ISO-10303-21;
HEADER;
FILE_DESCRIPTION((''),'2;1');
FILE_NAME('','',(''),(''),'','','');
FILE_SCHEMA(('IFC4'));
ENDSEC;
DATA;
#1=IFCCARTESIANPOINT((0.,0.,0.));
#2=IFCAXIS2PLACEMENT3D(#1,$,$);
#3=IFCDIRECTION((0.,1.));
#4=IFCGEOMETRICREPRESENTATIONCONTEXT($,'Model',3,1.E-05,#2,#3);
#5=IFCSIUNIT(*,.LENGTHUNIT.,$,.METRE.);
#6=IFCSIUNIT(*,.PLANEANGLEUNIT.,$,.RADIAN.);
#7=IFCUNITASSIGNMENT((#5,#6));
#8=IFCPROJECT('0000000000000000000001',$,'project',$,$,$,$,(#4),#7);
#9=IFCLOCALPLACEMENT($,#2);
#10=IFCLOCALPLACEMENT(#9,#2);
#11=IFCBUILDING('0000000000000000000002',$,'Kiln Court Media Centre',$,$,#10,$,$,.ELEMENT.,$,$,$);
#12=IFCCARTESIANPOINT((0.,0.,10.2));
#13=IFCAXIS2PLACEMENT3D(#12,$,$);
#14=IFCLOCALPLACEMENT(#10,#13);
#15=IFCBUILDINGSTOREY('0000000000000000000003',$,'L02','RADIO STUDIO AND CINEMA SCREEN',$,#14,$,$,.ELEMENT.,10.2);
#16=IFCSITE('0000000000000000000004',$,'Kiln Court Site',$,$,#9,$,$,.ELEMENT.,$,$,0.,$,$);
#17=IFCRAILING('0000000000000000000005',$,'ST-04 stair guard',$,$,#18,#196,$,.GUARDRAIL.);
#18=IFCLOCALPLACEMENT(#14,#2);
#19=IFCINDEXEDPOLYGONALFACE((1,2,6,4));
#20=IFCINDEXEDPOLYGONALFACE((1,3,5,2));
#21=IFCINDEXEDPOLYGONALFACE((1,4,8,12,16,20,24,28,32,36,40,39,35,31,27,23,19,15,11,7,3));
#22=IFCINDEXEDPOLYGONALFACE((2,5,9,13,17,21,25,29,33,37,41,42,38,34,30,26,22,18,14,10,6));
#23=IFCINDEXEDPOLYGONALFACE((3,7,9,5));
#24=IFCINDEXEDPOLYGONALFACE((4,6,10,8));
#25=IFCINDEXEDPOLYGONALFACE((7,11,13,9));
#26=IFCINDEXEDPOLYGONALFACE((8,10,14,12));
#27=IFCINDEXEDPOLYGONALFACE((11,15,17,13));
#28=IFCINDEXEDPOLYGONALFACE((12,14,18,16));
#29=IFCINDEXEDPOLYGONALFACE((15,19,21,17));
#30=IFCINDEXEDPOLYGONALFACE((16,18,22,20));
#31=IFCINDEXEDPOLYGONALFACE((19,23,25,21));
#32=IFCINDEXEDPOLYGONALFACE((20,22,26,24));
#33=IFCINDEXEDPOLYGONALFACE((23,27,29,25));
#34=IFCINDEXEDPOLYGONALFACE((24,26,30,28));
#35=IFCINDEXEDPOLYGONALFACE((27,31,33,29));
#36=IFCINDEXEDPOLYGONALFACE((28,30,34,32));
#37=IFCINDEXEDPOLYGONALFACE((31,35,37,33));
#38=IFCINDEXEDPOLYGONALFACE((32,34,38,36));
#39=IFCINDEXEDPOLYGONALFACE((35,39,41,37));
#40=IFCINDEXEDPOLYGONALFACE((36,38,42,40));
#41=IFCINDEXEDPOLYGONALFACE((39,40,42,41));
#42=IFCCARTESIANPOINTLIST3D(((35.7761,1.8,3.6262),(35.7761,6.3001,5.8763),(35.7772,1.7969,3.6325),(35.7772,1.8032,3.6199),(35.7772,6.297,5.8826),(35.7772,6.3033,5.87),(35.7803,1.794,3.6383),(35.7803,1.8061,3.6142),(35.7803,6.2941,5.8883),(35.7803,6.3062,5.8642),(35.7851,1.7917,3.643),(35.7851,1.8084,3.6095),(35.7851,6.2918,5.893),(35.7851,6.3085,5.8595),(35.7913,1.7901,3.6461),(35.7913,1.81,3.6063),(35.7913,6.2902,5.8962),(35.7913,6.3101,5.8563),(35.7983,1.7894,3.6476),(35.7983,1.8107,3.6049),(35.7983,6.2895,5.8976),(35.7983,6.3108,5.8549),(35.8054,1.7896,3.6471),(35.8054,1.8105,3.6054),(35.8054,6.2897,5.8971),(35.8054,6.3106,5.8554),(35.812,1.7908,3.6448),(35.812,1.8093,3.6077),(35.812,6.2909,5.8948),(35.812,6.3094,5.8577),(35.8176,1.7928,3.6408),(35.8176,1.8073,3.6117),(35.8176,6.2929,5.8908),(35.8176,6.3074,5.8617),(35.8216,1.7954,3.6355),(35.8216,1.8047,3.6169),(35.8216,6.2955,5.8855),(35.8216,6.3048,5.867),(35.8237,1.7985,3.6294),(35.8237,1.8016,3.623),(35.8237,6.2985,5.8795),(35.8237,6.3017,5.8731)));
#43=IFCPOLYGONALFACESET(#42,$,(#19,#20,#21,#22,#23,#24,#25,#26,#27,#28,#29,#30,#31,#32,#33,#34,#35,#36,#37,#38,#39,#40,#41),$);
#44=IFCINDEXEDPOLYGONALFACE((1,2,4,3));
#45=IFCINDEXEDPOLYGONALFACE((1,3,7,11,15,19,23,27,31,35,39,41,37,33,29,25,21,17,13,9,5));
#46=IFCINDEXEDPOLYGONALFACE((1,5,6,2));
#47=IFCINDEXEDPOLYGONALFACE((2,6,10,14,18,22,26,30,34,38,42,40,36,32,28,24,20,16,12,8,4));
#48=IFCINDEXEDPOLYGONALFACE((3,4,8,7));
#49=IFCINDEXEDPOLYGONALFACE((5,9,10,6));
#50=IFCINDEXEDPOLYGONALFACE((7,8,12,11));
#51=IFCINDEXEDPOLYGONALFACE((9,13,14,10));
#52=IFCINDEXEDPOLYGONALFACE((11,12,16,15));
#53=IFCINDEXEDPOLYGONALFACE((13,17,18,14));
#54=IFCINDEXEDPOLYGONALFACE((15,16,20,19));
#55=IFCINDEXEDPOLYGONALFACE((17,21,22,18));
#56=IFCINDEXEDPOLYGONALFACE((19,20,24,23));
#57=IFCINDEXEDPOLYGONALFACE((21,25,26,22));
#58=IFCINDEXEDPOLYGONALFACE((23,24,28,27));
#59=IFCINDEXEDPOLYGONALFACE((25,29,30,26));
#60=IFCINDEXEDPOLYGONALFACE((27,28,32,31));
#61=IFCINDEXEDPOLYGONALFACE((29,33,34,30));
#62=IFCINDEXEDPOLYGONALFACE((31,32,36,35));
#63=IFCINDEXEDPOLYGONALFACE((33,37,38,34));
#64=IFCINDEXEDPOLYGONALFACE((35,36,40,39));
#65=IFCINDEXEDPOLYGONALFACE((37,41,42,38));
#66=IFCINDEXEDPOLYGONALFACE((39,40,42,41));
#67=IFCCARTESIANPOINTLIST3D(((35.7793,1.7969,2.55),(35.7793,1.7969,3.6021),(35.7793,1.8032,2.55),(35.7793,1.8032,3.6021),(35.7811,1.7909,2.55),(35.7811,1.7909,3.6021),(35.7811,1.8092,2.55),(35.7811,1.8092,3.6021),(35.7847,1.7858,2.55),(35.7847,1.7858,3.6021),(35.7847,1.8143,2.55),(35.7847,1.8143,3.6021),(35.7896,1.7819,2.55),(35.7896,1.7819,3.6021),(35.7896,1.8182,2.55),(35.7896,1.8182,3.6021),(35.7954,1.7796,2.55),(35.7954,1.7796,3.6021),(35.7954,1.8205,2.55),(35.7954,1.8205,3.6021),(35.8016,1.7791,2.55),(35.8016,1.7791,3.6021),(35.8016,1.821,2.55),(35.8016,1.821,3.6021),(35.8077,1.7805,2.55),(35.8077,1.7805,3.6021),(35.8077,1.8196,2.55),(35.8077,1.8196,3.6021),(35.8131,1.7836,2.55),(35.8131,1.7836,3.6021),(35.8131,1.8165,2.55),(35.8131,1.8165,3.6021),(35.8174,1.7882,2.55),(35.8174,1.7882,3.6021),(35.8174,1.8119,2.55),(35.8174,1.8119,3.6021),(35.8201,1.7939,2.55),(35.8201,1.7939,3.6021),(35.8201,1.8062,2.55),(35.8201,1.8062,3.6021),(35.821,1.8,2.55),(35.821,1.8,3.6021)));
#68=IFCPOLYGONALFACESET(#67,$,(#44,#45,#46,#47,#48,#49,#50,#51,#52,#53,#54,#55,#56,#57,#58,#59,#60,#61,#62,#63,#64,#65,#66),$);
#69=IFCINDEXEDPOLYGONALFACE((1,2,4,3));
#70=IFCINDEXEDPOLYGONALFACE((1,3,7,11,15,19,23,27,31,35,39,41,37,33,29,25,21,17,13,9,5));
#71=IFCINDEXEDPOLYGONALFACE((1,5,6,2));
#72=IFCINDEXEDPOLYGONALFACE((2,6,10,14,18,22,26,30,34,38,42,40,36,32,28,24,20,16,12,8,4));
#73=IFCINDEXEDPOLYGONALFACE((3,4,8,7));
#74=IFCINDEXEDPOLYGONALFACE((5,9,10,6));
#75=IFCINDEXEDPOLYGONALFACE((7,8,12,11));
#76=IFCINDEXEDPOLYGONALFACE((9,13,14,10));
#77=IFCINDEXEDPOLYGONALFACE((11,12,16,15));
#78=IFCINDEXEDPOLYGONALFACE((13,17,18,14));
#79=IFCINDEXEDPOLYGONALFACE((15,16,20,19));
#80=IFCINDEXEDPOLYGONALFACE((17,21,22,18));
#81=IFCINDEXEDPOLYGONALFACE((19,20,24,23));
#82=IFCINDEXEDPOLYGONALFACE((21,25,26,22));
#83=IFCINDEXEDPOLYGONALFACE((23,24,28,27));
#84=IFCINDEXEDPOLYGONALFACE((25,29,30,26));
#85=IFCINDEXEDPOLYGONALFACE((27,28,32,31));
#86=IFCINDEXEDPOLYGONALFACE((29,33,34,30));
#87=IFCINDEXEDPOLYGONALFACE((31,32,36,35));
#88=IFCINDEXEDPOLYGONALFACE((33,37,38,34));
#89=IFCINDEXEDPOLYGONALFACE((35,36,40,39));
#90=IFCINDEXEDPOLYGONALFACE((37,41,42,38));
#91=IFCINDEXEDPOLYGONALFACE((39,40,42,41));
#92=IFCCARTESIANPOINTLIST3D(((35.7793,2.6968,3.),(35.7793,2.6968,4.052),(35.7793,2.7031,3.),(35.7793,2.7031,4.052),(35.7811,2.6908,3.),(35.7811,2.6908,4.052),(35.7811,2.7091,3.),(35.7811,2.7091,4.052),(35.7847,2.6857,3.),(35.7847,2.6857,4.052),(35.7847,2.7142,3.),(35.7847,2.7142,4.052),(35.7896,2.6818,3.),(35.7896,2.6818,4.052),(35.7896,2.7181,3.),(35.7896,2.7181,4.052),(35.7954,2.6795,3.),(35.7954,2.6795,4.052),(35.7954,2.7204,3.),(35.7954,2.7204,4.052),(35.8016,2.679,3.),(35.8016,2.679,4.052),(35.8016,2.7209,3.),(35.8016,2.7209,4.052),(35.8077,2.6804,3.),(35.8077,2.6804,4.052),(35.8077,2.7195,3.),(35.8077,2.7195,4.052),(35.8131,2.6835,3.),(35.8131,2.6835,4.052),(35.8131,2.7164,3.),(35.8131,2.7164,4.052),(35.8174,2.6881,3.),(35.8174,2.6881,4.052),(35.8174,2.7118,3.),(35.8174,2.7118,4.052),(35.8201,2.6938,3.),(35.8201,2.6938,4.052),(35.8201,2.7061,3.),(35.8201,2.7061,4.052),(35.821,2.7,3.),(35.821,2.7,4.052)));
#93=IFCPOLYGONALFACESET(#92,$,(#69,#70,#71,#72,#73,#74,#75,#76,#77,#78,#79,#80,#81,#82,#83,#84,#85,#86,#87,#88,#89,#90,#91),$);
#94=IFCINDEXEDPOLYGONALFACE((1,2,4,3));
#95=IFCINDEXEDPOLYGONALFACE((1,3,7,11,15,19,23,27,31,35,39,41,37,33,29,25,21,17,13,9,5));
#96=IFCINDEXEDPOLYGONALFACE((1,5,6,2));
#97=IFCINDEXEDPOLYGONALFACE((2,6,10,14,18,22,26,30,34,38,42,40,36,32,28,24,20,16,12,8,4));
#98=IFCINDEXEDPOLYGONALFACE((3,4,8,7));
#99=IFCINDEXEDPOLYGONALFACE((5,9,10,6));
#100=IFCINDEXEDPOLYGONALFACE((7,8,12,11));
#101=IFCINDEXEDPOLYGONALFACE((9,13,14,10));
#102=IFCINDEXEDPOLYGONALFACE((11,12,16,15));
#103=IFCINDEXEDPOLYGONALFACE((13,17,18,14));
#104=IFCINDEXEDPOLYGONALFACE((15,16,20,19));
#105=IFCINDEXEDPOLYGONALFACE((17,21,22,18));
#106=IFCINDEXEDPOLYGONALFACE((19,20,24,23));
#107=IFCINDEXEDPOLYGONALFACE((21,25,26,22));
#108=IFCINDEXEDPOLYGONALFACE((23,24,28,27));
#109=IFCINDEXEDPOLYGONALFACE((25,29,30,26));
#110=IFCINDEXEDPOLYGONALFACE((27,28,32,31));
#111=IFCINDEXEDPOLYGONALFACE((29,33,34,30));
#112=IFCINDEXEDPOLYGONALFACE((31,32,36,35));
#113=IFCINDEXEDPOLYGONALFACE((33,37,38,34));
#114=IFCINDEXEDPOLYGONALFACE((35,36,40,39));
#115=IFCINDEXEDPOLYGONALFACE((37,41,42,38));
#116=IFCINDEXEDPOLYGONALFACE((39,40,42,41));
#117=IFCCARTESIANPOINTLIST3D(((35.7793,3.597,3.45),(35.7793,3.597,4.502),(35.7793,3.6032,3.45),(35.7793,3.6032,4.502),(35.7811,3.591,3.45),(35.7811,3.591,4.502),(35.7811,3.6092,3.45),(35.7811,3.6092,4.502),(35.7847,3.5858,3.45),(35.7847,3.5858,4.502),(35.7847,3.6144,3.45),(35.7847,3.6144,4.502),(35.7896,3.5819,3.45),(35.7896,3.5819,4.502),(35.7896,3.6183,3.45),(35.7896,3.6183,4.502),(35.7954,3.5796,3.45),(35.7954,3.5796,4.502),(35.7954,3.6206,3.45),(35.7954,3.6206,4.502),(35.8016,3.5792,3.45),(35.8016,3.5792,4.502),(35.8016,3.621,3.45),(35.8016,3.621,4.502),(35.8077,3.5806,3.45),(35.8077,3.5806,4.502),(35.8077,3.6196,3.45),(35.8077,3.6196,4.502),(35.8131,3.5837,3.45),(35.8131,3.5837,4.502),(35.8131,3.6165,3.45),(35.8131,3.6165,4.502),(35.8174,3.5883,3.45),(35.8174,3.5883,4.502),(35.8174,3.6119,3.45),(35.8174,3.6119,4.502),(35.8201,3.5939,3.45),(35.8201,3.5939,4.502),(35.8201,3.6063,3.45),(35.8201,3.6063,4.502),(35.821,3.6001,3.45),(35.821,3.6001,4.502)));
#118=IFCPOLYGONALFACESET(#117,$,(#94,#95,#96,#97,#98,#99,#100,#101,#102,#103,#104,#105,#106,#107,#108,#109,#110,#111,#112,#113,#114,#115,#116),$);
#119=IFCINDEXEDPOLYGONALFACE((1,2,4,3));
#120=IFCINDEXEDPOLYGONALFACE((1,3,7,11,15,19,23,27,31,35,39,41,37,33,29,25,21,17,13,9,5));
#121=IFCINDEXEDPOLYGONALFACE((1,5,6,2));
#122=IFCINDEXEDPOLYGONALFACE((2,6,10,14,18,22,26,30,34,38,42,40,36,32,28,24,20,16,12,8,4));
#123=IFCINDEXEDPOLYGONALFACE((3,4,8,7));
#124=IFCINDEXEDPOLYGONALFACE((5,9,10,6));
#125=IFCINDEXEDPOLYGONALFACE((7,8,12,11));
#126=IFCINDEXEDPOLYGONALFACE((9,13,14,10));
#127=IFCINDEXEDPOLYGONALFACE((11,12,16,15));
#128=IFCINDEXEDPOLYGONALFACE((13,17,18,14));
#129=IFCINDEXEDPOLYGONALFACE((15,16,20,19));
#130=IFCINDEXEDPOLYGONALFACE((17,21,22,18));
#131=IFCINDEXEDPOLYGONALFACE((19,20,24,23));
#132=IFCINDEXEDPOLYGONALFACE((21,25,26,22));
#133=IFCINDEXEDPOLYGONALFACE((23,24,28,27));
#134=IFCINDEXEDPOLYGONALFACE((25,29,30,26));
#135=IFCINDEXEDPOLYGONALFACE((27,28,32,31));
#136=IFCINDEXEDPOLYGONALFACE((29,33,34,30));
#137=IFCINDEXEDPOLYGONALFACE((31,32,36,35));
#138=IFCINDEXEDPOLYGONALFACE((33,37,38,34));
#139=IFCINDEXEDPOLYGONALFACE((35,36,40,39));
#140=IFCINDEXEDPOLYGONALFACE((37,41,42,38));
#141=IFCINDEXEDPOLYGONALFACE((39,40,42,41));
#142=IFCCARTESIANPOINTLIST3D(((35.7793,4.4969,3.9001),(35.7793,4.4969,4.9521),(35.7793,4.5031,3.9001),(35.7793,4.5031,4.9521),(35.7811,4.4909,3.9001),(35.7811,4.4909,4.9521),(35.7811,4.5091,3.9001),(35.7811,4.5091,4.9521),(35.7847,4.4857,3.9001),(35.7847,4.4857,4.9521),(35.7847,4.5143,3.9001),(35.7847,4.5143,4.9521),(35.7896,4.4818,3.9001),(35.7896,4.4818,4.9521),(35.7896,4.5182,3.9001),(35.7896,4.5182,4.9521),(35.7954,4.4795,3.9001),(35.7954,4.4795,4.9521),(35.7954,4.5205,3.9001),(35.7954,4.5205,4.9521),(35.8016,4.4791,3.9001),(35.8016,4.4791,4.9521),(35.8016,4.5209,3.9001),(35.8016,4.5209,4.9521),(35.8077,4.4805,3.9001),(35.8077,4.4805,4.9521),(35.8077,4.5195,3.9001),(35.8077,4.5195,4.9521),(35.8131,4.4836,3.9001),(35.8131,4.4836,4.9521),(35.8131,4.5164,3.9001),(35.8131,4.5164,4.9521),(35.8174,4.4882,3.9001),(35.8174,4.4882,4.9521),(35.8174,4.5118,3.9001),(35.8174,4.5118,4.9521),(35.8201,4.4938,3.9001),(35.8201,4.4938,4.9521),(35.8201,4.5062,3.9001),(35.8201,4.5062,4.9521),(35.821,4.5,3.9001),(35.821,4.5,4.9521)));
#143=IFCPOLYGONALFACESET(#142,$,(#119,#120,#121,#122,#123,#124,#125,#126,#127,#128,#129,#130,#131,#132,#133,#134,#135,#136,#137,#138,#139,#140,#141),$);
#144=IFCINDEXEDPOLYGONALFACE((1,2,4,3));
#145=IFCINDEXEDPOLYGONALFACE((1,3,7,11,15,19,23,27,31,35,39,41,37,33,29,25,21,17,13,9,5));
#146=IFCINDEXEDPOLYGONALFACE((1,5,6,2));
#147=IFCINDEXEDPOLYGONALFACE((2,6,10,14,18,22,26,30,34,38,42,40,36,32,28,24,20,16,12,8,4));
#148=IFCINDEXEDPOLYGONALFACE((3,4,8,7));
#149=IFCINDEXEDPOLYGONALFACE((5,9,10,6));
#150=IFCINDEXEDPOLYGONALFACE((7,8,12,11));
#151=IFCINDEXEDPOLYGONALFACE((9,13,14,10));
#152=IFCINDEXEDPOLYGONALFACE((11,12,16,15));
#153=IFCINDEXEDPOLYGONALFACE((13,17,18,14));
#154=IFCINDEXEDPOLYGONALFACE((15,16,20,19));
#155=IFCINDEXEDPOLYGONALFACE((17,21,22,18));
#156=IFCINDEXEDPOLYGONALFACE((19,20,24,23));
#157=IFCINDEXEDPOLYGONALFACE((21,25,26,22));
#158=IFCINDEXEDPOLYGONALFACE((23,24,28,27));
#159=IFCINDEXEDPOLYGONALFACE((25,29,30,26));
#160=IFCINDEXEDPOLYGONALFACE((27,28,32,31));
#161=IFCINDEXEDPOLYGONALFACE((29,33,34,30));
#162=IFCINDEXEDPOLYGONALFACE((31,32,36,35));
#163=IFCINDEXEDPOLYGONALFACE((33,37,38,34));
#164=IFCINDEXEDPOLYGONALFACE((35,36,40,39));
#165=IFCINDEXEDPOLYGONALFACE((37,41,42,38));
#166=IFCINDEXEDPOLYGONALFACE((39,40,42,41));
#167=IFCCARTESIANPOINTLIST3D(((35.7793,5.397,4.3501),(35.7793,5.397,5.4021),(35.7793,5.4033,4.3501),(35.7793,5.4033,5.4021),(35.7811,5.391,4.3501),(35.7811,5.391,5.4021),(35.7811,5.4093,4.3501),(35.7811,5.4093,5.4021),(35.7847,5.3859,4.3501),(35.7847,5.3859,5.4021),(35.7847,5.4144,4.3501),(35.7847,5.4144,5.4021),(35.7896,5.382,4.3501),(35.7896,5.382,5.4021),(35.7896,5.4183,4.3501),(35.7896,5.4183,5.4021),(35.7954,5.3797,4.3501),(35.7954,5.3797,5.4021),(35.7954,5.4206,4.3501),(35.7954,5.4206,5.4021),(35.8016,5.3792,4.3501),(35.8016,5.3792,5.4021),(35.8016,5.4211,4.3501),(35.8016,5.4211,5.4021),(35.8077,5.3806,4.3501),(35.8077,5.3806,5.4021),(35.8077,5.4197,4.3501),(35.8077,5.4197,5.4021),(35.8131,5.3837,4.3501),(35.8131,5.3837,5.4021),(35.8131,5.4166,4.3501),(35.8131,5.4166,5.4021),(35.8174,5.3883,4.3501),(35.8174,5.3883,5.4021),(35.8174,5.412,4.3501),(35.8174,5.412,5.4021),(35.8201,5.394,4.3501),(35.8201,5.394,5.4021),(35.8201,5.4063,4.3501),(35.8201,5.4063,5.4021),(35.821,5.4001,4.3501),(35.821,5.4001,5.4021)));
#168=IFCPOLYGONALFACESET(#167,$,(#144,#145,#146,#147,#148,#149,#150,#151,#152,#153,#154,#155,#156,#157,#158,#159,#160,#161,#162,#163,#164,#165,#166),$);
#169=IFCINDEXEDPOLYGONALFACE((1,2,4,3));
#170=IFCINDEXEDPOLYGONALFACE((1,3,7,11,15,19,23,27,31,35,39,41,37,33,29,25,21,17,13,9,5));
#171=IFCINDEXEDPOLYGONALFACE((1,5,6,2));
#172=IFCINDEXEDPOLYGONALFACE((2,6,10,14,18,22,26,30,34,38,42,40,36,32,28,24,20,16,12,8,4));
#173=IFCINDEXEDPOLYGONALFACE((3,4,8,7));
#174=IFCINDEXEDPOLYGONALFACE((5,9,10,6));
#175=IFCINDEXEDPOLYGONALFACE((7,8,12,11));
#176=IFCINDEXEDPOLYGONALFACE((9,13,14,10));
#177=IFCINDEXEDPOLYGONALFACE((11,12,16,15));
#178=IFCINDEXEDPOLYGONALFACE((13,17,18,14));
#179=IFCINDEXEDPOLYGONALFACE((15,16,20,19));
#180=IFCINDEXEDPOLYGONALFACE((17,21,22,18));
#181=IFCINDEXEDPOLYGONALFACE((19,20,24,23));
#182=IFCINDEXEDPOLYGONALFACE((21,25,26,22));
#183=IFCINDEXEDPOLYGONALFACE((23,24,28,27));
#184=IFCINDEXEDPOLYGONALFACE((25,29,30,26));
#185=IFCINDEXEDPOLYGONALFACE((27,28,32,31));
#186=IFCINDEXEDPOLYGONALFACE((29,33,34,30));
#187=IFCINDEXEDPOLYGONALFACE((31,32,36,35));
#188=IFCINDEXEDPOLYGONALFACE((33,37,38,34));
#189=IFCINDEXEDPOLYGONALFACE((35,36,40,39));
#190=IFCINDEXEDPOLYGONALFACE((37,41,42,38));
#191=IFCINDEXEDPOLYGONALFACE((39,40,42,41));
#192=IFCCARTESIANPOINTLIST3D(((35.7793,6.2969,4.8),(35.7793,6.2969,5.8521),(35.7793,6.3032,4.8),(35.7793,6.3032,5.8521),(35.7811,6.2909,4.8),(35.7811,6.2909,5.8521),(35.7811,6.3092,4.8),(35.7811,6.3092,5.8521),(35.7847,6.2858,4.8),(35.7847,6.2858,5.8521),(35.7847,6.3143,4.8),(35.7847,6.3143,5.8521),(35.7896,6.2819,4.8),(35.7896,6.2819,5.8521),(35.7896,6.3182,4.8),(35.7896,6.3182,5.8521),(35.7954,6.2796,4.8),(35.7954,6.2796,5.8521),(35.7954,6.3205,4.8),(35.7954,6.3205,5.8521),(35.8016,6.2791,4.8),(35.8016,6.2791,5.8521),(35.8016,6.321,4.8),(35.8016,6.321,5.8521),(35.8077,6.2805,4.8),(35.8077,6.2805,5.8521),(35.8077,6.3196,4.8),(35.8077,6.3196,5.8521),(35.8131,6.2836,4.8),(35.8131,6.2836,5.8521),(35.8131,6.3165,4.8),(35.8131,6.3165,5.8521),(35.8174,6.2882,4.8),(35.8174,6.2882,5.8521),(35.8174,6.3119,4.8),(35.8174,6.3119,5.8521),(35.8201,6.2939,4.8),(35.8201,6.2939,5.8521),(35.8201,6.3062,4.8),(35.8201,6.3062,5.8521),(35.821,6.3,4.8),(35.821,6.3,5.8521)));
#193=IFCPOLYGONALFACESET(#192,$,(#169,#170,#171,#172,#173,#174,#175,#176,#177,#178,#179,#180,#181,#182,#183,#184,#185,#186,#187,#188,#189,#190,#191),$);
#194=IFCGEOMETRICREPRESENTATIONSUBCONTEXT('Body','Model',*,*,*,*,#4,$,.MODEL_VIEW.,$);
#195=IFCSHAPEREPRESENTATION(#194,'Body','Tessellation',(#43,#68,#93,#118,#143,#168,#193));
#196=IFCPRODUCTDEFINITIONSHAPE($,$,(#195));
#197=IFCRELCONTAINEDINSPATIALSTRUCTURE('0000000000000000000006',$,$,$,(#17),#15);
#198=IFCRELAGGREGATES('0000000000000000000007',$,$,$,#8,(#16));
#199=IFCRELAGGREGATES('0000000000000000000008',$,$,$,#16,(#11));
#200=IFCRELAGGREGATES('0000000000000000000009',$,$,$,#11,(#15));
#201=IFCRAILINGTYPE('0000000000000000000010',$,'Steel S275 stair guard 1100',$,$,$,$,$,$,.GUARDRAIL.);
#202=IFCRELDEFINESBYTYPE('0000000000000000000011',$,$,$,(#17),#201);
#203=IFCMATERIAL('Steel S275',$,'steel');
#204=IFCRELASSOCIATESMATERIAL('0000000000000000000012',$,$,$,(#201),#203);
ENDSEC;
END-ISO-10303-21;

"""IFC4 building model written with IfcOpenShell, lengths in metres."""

from ifc_helpers import new_model, si_unit, direction, frame, origin, origin_2d, place, context, subcontext, project, spatial, circle, extrude, material, type_object, element, save


model = new_model("IFC4")

# Units and contexts
model_context = context("Model", 3, precision=1e-05, world=origin(), true_north=direction((0.0, 1.0)))
body_context = subcontext(model_context, "Body", "Model", "MODEL_VIEW")
ifc_project = project(units=[si_unit("LENGTHUNIT", "METRE"), si_unit("PLANEANGLEUNIT", "RADIAN")], contexts=[model_context])

# Site, building, storey
site_placement = place(None, origin())
site = spatial("IfcSite", under=ifc_project, at=site_placement, Name="Kiln Court Site", CompositionType="ELEMENT", RefElevation=0.0)
building_placement = place(site_placement, origin())
building = spatial("IfcBuilding", under=site, at=building_placement, Name="Kiln Court Media Centre", CompositionType="ELEMENT")
storey_placement = place(building_placement, frame((0.0, 0.0, 10.2)))
storey = spatial("IfcBuildingStorey", under=building, at=storey_placement, Name="L02", Description="RADIO STUDIO AND CINEMA SCREEN", CompositionType="ELEMENT", Elevation=10.2)

# Railing
ifc_material_1 = material(Name="Steel S275", Category="steel")
railing_type_1 = type_object("IfcRailingType", Name="Steel S275 stair guard 1100", PredefinedType="GUARDRAIL", material=ifc_material_1)
railing_1_placement = place(storey_placement, frame((35.8, 1.8, 2.55)))
element("IfcRailing", 1, at=railing_1_placement, inside=storey, type_object=railing_type_1, Name="ST-04 stair guard", PredefinedType="GUARDRAIL", context=body_context, shape_type="SweptSolid", body=[
    extrude(circle(Radius=0.0239, at=origin_2d()), frame((0.0, 0.0, 1.0762), z_axis=(0.0, 0.894427, 0.447214), x_axis=(-1.0, 0.0, 0.0)), (0.0, 0.0, 1.0), 5.0312),
    extrude(circle(Radius=0.021, at=origin_2d()), origin(), (0.0, 0.0, 1.0), 1.052),
    extrude(circle(Radius=0.021, at=origin_2d()), frame((0.0, 0.8999, 0.45)), (0.0, 0.0, 1.0), 1.052),
    extrude(circle(Radius=0.021, at=origin_2d()), frame((0.0, 1.8, 0.8999)), (0.0, 0.0, 1.0), 1.052),
    extrude(circle(Radius=0.021, at=origin_2d()), frame((0.0, 2.7, 1.3501)), (0.0, 0.0, 1.0), 1.052),
    extrude(circle(Radius=0.021, at=origin_2d()), frame((0.0, 3.6001, 1.8)), (0.0, 0.0, 1.0), 1.052),
    extrude(circle(Radius=0.021, at=origin_2d()), frame((0.0, 4.5, 2.25)), (0.0, 0.0, 1.0), 1.052),
])

save(model, "model.ifc")
